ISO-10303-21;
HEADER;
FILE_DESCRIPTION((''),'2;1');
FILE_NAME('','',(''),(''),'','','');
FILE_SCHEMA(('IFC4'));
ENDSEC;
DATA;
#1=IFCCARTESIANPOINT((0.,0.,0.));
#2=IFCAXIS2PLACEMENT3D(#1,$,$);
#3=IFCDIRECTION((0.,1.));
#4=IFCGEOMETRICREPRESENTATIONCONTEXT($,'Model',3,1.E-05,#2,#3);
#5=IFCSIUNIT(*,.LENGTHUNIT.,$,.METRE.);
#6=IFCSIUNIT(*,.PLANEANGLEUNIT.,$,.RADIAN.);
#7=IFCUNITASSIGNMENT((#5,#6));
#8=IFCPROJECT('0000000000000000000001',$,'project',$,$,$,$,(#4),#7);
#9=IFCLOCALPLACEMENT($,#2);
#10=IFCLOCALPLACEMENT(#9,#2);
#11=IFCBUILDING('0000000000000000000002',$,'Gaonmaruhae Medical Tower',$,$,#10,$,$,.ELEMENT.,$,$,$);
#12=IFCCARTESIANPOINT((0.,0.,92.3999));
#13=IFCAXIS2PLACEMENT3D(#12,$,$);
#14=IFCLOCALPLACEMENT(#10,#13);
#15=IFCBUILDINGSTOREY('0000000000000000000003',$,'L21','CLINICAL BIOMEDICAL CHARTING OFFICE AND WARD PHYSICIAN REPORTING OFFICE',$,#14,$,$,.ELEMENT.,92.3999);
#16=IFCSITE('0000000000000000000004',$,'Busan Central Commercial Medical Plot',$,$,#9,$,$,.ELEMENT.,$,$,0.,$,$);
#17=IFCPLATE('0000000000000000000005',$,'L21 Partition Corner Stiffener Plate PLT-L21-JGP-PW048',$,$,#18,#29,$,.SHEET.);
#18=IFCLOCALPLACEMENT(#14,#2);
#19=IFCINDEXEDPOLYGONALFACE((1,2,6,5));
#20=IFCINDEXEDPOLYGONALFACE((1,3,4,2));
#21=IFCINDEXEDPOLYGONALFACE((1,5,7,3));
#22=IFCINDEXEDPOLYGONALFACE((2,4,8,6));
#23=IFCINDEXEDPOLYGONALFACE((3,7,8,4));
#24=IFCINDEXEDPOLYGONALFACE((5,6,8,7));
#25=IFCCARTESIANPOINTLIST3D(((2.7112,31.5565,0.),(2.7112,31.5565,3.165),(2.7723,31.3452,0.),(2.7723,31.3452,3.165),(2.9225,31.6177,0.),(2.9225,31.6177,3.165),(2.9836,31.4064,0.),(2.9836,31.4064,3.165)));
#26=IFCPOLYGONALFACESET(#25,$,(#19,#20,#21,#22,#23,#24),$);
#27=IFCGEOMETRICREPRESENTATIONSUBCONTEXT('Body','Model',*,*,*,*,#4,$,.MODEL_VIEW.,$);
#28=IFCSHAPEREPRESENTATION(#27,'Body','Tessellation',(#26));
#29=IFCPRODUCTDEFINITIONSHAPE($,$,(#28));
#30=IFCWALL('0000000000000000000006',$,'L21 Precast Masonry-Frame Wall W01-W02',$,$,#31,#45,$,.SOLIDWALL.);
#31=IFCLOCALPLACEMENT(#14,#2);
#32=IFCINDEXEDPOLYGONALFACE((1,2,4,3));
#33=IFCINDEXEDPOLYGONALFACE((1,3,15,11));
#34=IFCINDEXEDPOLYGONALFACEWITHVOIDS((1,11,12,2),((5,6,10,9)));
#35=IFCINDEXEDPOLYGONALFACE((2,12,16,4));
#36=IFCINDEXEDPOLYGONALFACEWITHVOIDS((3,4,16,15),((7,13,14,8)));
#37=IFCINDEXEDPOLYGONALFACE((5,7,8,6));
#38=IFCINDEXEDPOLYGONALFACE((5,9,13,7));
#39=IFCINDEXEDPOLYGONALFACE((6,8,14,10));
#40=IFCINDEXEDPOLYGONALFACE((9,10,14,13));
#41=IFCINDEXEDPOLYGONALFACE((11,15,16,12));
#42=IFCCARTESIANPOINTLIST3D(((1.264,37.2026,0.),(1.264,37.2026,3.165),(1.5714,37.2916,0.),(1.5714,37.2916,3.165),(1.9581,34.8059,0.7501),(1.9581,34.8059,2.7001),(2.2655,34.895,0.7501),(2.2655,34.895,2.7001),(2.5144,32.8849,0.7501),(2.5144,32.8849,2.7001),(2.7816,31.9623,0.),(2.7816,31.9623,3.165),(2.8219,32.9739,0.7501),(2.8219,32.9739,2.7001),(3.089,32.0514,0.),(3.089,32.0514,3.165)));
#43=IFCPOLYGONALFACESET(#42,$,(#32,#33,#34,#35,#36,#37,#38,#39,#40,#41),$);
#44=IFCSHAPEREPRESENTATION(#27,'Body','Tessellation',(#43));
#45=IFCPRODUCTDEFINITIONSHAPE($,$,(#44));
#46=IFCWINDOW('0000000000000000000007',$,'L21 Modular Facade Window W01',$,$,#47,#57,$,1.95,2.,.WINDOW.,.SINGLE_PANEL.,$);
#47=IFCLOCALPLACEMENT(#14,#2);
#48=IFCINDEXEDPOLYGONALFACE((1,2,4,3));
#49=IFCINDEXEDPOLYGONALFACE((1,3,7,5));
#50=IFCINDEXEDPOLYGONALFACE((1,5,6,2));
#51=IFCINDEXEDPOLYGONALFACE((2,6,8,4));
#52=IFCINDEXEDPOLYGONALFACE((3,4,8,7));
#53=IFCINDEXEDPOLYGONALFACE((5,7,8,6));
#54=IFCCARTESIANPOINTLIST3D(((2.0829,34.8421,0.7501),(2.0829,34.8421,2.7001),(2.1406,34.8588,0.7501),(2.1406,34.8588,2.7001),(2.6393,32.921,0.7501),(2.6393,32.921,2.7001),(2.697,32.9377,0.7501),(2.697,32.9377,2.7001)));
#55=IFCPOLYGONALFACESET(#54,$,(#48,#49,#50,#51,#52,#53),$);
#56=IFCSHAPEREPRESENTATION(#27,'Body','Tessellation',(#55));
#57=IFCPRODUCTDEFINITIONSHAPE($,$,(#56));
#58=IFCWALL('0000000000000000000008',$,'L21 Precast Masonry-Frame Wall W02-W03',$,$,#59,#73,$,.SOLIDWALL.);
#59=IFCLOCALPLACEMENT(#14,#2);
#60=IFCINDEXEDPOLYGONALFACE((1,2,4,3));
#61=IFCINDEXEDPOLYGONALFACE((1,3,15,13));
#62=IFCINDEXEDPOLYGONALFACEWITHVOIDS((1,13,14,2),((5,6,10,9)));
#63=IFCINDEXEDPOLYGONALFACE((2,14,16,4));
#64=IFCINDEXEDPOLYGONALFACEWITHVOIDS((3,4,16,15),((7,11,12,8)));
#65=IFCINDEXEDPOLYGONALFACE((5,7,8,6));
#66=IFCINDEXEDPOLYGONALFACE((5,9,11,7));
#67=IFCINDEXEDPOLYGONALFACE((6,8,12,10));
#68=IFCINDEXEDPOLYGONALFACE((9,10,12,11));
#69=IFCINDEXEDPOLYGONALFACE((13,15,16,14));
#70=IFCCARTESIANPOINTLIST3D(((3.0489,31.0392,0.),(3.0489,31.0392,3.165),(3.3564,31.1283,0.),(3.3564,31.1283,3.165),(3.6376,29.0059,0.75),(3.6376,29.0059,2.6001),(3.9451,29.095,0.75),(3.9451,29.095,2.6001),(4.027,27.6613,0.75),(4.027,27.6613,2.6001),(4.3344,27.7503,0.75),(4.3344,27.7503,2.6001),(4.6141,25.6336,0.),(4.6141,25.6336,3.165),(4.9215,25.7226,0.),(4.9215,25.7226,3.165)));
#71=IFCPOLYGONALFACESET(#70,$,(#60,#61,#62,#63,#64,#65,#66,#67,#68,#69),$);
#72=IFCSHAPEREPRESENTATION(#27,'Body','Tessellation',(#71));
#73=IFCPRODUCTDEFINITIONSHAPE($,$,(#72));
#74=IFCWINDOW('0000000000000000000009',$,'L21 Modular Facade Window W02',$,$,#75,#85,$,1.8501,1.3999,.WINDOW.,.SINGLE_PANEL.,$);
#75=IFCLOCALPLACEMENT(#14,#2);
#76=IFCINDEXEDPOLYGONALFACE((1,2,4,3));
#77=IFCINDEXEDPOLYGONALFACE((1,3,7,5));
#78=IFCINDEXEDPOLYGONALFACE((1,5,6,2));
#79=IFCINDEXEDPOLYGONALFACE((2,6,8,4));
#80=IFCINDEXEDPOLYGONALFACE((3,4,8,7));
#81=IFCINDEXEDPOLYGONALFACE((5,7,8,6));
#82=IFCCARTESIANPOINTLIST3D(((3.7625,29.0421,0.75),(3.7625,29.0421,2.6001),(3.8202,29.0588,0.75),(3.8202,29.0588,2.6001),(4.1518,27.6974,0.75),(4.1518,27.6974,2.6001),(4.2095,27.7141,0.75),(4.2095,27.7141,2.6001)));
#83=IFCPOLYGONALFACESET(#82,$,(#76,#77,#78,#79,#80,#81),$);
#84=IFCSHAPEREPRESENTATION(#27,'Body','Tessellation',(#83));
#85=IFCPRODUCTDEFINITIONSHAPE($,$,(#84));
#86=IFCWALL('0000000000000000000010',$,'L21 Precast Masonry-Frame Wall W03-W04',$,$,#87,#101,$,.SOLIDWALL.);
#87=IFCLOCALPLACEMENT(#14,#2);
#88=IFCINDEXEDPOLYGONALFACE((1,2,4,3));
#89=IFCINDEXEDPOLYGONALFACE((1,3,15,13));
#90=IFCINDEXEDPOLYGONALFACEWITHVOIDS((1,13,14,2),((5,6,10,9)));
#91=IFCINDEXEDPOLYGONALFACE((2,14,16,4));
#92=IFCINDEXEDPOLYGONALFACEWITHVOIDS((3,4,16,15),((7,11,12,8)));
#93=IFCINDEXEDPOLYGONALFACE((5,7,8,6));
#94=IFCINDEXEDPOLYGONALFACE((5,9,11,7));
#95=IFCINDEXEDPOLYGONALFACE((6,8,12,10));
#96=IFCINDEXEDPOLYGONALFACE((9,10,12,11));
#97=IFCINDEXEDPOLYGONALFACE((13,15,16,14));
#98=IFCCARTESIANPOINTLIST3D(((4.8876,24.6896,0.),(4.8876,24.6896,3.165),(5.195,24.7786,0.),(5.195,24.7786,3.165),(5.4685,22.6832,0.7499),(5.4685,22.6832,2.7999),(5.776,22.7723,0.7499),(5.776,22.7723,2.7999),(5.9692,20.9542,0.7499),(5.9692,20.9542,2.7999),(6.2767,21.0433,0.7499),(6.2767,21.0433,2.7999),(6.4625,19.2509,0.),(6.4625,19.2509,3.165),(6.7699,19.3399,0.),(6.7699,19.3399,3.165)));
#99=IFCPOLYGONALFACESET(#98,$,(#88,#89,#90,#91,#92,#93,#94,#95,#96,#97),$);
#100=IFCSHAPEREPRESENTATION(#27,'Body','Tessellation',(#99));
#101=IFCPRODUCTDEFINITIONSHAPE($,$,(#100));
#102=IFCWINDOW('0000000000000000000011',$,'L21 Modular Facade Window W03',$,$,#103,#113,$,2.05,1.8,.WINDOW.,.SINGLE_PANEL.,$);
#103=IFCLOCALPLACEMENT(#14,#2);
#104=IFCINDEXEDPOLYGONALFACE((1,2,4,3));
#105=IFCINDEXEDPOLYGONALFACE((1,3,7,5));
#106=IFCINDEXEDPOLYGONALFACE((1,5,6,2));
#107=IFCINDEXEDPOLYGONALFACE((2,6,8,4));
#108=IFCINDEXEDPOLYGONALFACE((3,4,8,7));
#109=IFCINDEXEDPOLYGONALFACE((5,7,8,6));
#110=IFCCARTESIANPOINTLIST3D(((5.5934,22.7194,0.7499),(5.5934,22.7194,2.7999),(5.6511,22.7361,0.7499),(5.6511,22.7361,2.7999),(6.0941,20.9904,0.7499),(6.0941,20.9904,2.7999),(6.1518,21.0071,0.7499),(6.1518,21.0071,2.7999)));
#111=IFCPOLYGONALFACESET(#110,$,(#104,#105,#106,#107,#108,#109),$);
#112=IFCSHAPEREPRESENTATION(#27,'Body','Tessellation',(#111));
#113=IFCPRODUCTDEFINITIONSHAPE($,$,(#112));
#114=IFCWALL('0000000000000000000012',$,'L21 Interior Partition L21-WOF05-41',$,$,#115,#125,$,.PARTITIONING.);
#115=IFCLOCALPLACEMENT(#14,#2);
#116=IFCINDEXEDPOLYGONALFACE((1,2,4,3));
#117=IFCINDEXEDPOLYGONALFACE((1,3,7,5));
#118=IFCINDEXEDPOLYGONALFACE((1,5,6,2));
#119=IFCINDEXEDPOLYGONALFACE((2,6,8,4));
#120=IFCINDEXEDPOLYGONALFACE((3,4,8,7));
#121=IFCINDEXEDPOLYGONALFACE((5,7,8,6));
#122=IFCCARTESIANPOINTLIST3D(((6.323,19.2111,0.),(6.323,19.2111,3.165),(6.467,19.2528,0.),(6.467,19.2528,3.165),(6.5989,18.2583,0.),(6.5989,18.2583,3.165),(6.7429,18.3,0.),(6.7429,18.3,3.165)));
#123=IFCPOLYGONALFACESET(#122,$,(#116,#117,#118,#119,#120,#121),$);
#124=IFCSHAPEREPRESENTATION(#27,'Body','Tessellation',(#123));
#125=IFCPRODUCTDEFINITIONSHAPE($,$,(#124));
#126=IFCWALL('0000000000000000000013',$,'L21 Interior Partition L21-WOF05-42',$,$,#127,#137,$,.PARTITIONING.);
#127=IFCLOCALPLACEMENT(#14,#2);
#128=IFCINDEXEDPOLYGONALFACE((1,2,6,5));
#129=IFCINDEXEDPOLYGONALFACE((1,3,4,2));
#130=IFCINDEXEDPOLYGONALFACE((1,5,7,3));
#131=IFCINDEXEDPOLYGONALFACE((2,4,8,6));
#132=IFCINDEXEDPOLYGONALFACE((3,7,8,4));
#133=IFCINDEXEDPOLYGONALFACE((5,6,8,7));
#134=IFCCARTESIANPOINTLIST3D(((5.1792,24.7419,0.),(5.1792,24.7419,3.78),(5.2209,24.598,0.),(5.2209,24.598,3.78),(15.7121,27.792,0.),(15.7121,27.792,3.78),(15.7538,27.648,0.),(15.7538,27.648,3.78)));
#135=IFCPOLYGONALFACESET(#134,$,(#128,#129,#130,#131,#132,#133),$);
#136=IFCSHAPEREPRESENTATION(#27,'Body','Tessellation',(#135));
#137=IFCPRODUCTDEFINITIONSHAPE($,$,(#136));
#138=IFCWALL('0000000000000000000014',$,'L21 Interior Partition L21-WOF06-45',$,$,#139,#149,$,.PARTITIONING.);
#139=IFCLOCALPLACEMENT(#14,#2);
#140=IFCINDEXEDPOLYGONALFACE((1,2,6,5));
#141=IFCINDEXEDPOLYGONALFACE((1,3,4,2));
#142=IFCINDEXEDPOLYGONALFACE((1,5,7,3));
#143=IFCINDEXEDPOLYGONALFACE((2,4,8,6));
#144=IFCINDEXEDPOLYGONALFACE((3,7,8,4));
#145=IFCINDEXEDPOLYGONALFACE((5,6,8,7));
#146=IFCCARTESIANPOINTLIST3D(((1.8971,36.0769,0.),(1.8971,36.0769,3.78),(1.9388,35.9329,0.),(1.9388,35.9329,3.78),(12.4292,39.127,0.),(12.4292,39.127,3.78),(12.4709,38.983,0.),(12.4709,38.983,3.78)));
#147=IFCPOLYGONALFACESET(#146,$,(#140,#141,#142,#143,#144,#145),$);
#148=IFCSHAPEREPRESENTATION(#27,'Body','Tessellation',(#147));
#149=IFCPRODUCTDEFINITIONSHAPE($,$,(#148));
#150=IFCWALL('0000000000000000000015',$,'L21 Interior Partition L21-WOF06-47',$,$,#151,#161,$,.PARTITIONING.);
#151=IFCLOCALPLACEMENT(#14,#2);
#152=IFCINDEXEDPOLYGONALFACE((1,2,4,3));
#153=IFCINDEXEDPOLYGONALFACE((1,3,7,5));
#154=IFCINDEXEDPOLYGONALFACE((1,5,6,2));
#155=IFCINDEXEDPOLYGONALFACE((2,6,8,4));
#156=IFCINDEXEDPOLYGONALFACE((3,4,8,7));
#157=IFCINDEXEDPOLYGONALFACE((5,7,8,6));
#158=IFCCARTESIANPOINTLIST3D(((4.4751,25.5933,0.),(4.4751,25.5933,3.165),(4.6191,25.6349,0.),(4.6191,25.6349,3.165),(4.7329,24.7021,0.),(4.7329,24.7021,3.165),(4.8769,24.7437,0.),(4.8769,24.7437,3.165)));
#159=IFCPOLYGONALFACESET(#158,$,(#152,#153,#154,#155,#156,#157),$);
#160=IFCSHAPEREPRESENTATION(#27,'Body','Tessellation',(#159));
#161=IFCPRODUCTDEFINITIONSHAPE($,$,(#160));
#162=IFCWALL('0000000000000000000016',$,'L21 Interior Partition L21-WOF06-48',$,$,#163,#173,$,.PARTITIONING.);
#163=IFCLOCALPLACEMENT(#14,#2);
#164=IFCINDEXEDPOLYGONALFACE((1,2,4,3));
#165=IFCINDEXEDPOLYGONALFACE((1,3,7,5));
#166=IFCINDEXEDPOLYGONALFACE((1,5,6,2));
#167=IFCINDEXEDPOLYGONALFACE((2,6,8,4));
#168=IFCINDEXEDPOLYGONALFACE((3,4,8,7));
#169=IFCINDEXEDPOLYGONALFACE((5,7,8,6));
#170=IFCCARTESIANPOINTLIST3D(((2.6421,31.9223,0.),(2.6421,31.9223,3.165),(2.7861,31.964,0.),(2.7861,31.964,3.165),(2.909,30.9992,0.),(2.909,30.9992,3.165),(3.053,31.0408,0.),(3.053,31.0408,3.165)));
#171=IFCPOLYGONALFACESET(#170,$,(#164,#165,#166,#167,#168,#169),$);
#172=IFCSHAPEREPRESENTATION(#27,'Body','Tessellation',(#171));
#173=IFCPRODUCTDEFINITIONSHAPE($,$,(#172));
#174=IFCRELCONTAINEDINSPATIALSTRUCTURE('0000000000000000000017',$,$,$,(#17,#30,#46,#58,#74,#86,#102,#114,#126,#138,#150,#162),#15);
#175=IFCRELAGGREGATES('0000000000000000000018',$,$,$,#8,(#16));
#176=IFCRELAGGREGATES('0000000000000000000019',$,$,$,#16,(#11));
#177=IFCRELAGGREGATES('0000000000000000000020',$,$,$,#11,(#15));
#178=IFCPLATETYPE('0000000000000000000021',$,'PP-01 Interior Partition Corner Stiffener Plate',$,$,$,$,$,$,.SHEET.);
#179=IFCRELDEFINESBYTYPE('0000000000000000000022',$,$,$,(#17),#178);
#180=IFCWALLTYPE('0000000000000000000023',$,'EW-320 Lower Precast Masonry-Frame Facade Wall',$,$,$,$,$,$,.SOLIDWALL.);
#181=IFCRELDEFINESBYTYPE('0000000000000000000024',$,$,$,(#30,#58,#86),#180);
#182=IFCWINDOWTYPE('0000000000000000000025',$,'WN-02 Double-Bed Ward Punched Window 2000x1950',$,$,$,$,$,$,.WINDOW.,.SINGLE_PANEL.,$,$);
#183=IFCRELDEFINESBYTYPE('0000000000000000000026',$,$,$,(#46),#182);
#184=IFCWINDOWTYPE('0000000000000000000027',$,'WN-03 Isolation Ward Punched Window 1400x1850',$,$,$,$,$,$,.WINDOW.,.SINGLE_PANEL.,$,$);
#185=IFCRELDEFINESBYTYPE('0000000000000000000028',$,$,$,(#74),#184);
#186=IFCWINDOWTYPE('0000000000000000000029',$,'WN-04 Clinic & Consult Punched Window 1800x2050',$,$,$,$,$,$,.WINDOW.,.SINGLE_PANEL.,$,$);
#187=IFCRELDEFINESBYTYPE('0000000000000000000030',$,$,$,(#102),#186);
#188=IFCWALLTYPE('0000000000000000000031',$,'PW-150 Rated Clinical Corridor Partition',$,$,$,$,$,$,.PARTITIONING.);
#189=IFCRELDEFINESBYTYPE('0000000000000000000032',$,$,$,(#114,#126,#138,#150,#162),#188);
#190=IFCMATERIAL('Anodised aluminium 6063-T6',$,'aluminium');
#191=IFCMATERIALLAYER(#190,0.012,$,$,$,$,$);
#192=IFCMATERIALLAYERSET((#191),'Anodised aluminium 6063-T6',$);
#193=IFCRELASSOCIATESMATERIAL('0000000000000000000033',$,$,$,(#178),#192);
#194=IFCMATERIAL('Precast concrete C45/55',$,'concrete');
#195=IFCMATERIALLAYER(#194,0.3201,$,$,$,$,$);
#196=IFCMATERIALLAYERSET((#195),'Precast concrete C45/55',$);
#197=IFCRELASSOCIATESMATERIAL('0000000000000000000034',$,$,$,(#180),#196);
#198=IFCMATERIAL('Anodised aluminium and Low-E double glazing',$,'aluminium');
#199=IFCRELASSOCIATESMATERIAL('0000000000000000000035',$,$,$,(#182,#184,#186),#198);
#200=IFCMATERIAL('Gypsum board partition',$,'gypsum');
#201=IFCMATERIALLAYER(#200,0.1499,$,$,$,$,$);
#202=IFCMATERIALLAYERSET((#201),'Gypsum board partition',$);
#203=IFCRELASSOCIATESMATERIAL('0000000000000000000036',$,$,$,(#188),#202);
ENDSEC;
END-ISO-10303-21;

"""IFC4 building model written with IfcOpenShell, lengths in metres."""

from ifc_helpers import new_model, si_unit, direction, frame, frame_2d, origin, origin_2d, place, context, subcontext, project, spatial, rectangle, extrude, material, layer, layer_set, type_object, element, fill, save


model = new_model("IFC4")

# Units and contexts
model_context = context("Model", 3, precision=1e-05, world=origin(), true_north=direction((0.0, 1.0)))
body_context = subcontext(model_context, "Body", "Model", "MODEL_VIEW")
ifc_project = project(units=[si_unit("LENGTHUNIT", "METRE"), si_unit("PLANEANGLEUNIT", "RADIAN")], contexts=[model_context])

# Site, building, storey
site_placement = place(None, origin())
site = spatial("IfcSite", under=ifc_project, at=site_placement, Name="Busan Central Commercial Medical Plot", CompositionType="ELEMENT", RefElevation=0.0)
building_placement = place(site_placement, origin())
building = spatial("IfcBuilding", under=site, at=building_placement, Name="Gaonmaruhae Medical Tower", CompositionType="ELEMENT")
storey_placement = place(building_placement, frame((0.0, 0.0, 92.3999)))
storey = spatial("IfcBuildingStorey", under=building, at=storey_placement, Name="L21", Description="CLINICAL BIOMEDICAL CHARTING OFFICE AND WARD PHYSICIAN REPORTING OFFICE", CompositionType="ELEMENT", Elevation=92.3999)

# Plate
ifc_material_1 = material(Name="Anodised aluminium 6063-T6", Category="aluminium")
ifc_layer_1 = layer(ifc_material_1, 0.012)
ifc_layer_set_1 = layer_set([ifc_layer_1], Name="Anodised aluminium 6063-T6")
plate_type = type_object("IfcPlateType", Name="PP-01 Interior Partition Corner Stiffener Plate", PredefinedType="SHEET", material=ifc_layer_set_1)
for number, where, z_axis, x_axis, name in (
    (1, (2.8474, 31.4814, 0.0), (0.0, 0.0, 1.0), (-0.277885, 0.960614, 0.0), "L21 Partition Corner Stiffener Plate PLT-L21-JGP-PW048"),
):
    element("IfcPlate", number, at=place(storey_placement, frame(where, z_axis=z_axis, x_axis=x_axis)), inside=storey, type_object=plate_type, Name=name, PredefinedType="SHEET", context=body_context, shape_type="SweptSolid", body=[
        extrude(rectangle(XDim=0.22, YDim=0.22, at=origin_2d()), origin(), (0.0, 0.0, 1.0), 3.165),
    ])

# Walls, openings, windows
ifc_material_2 = material(Name="Precast concrete C45/55", Category="concrete")
ifc_layer_2 = layer(ifc_material_2, 0.3201)
ifc_layer_set_2 = layer_set([ifc_layer_2], Name="Precast concrete C45/55")
wall_type_1 = type_object("IfcWallType", Name="EW-320 Lower Precast Masonry-Frame Facade Wall", PredefinedType="SOLIDWALL", material=ifc_layer_set_2)
wall_1_placement = place(storey_placement, frame((2.9353, 32.0068, 0.0), z_axis=(0.0, 0.0, 1.0), x_axis=(-0.278171, 0.960532, 0.0)))
wall_1 = element("IfcWall", 2, at=wall_1_placement, inside=storey, type_object=wall_type_1, Name="L21 Precast Masonry-Frame Wall W01-W02", PredefinedType="SOLIDWALL", context=body_context, shape_type="SweptSolid", body=[
    extrude(rectangle(XDim=5.4556, YDim=0.3201, at=frame_2d((2.7278, 0.0))), origin(), (0.0, 0.0, 1.0), 3.165),
])
opening_1_placement = place(wall_1_placement, frame((0.9604, 0.0, 0.75)))
opening_1 = element("IfcOpeningElement", 3, at=opening_1_placement, cuts=wall_1, PredefinedType="OPENING", context=body_context, shape_type="SweptSolid", body=[
    extrude(rectangle(XDim=2.0, YDim=1.95, at=frame_2d((1.0, 0.9751))), frame((0.0, 0.1699, 0.0), z_axis=(0.0, -1.0, 0.0), x_axis=(1.0, 0.0, 0.0)), (0.0, 0.0, 1.0), 0.3401),
])
ifc_material_3 = material(Name="Anodised aluminium and Low-E double glazing", Category="aluminium")
window_type_1 = type_object("IfcWindowType", Name="WN-02 Double-Bed Ward Punched Window 2000x1950", PartitioningType="SINGLE_PANEL", PredefinedType="WINDOW", material=ifc_material_3)
window_1_placement = place(opening_1_placement, origin())
window_1 = element("IfcWindow", 4, at=window_1_placement, inside=storey, type_object=window_type_1, Name="L21 Modular Facade Window W01", OverallHeight=1.95, OverallWidth=2.0, PartitioningType="SINGLE_PANEL", PredefinedType="WINDOW", context=body_context, shape_type="SweptSolid", body=[
    extrude(rectangle(XDim=2.0, YDim=1.95, at=frame_2d((1.0, 0.9751))), frame((0.0, 0.03, 0.0), z_axis=(0.0, -1.0, 0.0), x_axis=(1.0, 0.0, 0.0)), (0.0, 0.0, 1.0), 0.0601),
])
fill(opening_1, window_1)
wall_2_placement = place(storey_placement, frame((4.7678, 25.678, 0.0), z_axis=(0.0, 0.0, 1.0), x_axis=(-0.278117, 0.960547, 0.0)))
wall_2 = element("IfcWall", 5, at=wall_2_placement, inside=storey, type_object=wall_type_1, Name="L21 Precast Masonry-Frame Wall W02-W03", PredefinedType="SOLIDWALL", context=body_context, shape_type="SweptSolid", body=[
    extrude(rectangle(XDim=5.6277, YDim=0.3201, at=frame_2d((2.814, 0.0))), origin(), (0.0, 0.0, 1.0), 3.165),
])
opening_2_placement = place(wall_2_placement, frame((2.1111, 0.0, 0.75)))
opening_2 = element("IfcOpeningElement", 6, at=opening_2_placement, cuts=wall_2, PredefinedType="OPENING", context=body_context, shape_type="SweptSolid", body=[
    extrude(rectangle(XDim=1.3999, YDim=1.8501, at=frame_2d((0.7, 0.925))), frame((0.0, 0.1699, 0.0), z_axis=(0.0, -1.0, 0.0), x_axis=(1.0, 0.0, 0.0)), (0.0, 0.0, 1.0), 0.3401),
])
window_type_2 = type_object("IfcWindowType", Name="WN-03 Isolation Ward Punched Window 1400x1850", PartitioningType="SINGLE_PANEL", PredefinedType="WINDOW", material=ifc_material_3)
window_2_placement = place(opening_2_placement, origin())
window_2 = element("IfcWindow", 7, at=window_2_placement, inside=storey, type_object=window_type_2, Name="L21 Modular Facade Window W02", OverallHeight=1.8501, OverallWidth=1.3999, PartitioningType="SINGLE_PANEL", PredefinedType="WINDOW", context=body_context, shape_type="SweptSolid", body=[
    extrude(rectangle(XDim=1.3999, YDim=1.8501, at=frame_2d((0.7, 0.925))), frame((0.0, 0.03, 0.0), z_axis=(0.0, -1.0, 0.0), x_axis=(1.0, 0.0, 0.0)), (0.0, 0.0, 1.0), 0.0601),
])
fill(opening_2, window_2)
wall_3_placement = place(storey_placement, frame((6.6162, 19.2954, 0.0), z_axis=(0.0, 0.0, 1.0), x_axis=(-0.278153, 0.960537, 0.0)))
wall_3 = element("IfcWall", 8, at=wall_3_placement, inside=storey, type_object=wall_type_1, Name="L21 Precast Masonry-Frame Wall W03-W04", PredefinedType="SOLIDWALL", context=body_context, shape_type="SweptSolid", body=[
    extrude(rectangle(XDim=5.6621, YDim=0.3201, at=frame_2d((2.8311, 0.0))), origin(), (0.0, 0.0, 1.0), 3.165),
])
opening_3_placement = place(wall_3_placement, frame((1.7734, 0.0, 0.75)))
opening_3 = element("IfcOpeningElement", 9, at=opening_3_placement, cuts=wall_3, PredefinedType="OPENING", context=body_context, shape_type="SweptSolid", body=[
    extrude(rectangle(XDim=1.8, YDim=2.05, at=frame_2d((0.8999, 1.0249))), frame((0.0, 0.1699, 0.0), z_axis=(0.0, -1.0, 0.0), x_axis=(1.0, 0.0, 0.0)), (0.0, 0.0, 1.0), 0.3401),
])
window_type_3 = type_object("IfcWindowType", Name="WN-04 Clinic & Consult Punched Window 1800x2050", PartitioningType="SINGLE_PANEL", PredefinedType="WINDOW", material=ifc_material_3)
window_3_placement = place(opening_3_placement, origin())
window_3 = element("IfcWindow", 10, at=window_3_placement, inside=storey, type_object=window_type_3, Name="L21 Modular Facade Window W03", OverallHeight=2.05, OverallWidth=1.8, PartitioningType="SINGLE_PANEL", PredefinedType="WINDOW", context=body_context, shape_type="SweptSolid", body=[
    extrude(rectangle(XDim=1.8, YDim=2.05, at=frame_2d((0.8999, 1.0249))), frame((0.0, 0.03, 0.0), z_axis=(0.0, -1.0, 0.0), x_axis=(1.0, 0.0, 0.0)), (0.0, 0.0, 1.0), 0.0601),
])
fill(opening_3, window_3)

# Walls
ifc_material_4 = material(Name="Gypsum board partition", Category="gypsum")
ifc_layer_3 = layer(ifc_material_4, 0.1499)
ifc_layer_set_3 = layer_set([ifc_layer_3], Name="Gypsum board partition")
wall_type_2 = type_object("IfcWallType", Name="PW-150 Rated Clinical Corridor Partition", PredefinedType="PARTITIONING", material=ifc_layer_set_3)
wall_4_placement = place(storey_placement, frame((6.6709, 18.2791, 0.0), z_axis=(0.0, 0.0, 1.0), x_axis=(-0.2781, 0.960552, 0.0)))
element("IfcWall", 11, at=wall_4_placement, inside=storey, type_object=wall_type_2, Name="L21 Interior Partition L21-WOF05-41", PredefinedType="PARTITIONING", context=body_context, shape_type="SweptSolid", body=[
    extrude(rectangle(XDim=0.9919, YDim=0.1499, at=frame_2d((0.4961, 0.0))), origin(), (0.0, 0.0, 1.0), 3.165),
])
wall_5_placement = place(storey_placement, frame((5.2, 24.6699, 0.0), z_axis=(0.0, 0.0, 1.0), x_axis=(0.960539, 0.278145, 0.0)))
element("IfcWall", 12, at=wall_5_placement, inside=storey, type_object=wall_type_2, Name="L21 Interior Partition L21-WOF05-42", PredefinedType="PARTITIONING", context=body_context, shape_type="SweptSolid", body=[
    extrude(rectangle(XDim=10.9656, YDim=0.1499, at=frame_2d((5.4829, 0.0))), origin(), (0.0, 0.0, 1.0), 3.78),
])
wall_6_placement = place(storey_placement, frame((1.918, 36.0049, 0.0), z_axis=(0.0, 0.0, 1.0), x_axis=(0.960532, 0.278169, 0.0)))
element("IfcWall", 13, at=wall_6_placement, inside=storey, type_object=wall_type_2, Name="L21 Interior Partition L21-WOF06-45", PredefinedType="PARTITIONING", context=body_context, shape_type="SweptSolid", body=[
    extrude(rectangle(XDim=10.9648, YDim=0.1499, at=frame_2d((5.4824, 0.0))), origin(), (0.0, 0.0, 1.0), 3.78),
])
wall_7_placement = place(storey_placement, frame((4.8049, 24.7229, 0.0), z_axis=(0.0, 0.0, 1.0), x_axis=(-0.277917, 0.960605, 0.0)))
element("IfcWall", 14, at=wall_7_placement, inside=storey, type_object=wall_type_2, Name="L21 Interior Partition L21-WOF06-47", PredefinedType="PARTITIONING", context=body_context, shape_type="SweptSolid", body=[
    extrude(rectangle(XDim=0.9277, YDim=0.1499, at=frame_2d((0.4639, 0.0))), origin(), (0.0, 0.0, 1.0), 3.165),
])
wall_8_placement = place(storey_placement, frame((2.981, 31.02, 0.0), z_axis=(0.0, 0.0, 1.0), x_axis=(-0.277706, 0.960666, 0.0)))
element("IfcWall", 15, at=wall_8_placement, inside=storey, type_object=wall_type_2, Name="L21 Interior Partition L21-WOF06-48", PredefinedType="PARTITIONING", context=body_context, shape_type="SweptSolid", body=[
    extrude(rectangle(XDim=0.9609, YDim=0.1499, at=frame_2d((0.4805, 0.0))), origin(), (0.0, 0.0, 1.0), 3.165),
])

save(model, "model.ifc")
